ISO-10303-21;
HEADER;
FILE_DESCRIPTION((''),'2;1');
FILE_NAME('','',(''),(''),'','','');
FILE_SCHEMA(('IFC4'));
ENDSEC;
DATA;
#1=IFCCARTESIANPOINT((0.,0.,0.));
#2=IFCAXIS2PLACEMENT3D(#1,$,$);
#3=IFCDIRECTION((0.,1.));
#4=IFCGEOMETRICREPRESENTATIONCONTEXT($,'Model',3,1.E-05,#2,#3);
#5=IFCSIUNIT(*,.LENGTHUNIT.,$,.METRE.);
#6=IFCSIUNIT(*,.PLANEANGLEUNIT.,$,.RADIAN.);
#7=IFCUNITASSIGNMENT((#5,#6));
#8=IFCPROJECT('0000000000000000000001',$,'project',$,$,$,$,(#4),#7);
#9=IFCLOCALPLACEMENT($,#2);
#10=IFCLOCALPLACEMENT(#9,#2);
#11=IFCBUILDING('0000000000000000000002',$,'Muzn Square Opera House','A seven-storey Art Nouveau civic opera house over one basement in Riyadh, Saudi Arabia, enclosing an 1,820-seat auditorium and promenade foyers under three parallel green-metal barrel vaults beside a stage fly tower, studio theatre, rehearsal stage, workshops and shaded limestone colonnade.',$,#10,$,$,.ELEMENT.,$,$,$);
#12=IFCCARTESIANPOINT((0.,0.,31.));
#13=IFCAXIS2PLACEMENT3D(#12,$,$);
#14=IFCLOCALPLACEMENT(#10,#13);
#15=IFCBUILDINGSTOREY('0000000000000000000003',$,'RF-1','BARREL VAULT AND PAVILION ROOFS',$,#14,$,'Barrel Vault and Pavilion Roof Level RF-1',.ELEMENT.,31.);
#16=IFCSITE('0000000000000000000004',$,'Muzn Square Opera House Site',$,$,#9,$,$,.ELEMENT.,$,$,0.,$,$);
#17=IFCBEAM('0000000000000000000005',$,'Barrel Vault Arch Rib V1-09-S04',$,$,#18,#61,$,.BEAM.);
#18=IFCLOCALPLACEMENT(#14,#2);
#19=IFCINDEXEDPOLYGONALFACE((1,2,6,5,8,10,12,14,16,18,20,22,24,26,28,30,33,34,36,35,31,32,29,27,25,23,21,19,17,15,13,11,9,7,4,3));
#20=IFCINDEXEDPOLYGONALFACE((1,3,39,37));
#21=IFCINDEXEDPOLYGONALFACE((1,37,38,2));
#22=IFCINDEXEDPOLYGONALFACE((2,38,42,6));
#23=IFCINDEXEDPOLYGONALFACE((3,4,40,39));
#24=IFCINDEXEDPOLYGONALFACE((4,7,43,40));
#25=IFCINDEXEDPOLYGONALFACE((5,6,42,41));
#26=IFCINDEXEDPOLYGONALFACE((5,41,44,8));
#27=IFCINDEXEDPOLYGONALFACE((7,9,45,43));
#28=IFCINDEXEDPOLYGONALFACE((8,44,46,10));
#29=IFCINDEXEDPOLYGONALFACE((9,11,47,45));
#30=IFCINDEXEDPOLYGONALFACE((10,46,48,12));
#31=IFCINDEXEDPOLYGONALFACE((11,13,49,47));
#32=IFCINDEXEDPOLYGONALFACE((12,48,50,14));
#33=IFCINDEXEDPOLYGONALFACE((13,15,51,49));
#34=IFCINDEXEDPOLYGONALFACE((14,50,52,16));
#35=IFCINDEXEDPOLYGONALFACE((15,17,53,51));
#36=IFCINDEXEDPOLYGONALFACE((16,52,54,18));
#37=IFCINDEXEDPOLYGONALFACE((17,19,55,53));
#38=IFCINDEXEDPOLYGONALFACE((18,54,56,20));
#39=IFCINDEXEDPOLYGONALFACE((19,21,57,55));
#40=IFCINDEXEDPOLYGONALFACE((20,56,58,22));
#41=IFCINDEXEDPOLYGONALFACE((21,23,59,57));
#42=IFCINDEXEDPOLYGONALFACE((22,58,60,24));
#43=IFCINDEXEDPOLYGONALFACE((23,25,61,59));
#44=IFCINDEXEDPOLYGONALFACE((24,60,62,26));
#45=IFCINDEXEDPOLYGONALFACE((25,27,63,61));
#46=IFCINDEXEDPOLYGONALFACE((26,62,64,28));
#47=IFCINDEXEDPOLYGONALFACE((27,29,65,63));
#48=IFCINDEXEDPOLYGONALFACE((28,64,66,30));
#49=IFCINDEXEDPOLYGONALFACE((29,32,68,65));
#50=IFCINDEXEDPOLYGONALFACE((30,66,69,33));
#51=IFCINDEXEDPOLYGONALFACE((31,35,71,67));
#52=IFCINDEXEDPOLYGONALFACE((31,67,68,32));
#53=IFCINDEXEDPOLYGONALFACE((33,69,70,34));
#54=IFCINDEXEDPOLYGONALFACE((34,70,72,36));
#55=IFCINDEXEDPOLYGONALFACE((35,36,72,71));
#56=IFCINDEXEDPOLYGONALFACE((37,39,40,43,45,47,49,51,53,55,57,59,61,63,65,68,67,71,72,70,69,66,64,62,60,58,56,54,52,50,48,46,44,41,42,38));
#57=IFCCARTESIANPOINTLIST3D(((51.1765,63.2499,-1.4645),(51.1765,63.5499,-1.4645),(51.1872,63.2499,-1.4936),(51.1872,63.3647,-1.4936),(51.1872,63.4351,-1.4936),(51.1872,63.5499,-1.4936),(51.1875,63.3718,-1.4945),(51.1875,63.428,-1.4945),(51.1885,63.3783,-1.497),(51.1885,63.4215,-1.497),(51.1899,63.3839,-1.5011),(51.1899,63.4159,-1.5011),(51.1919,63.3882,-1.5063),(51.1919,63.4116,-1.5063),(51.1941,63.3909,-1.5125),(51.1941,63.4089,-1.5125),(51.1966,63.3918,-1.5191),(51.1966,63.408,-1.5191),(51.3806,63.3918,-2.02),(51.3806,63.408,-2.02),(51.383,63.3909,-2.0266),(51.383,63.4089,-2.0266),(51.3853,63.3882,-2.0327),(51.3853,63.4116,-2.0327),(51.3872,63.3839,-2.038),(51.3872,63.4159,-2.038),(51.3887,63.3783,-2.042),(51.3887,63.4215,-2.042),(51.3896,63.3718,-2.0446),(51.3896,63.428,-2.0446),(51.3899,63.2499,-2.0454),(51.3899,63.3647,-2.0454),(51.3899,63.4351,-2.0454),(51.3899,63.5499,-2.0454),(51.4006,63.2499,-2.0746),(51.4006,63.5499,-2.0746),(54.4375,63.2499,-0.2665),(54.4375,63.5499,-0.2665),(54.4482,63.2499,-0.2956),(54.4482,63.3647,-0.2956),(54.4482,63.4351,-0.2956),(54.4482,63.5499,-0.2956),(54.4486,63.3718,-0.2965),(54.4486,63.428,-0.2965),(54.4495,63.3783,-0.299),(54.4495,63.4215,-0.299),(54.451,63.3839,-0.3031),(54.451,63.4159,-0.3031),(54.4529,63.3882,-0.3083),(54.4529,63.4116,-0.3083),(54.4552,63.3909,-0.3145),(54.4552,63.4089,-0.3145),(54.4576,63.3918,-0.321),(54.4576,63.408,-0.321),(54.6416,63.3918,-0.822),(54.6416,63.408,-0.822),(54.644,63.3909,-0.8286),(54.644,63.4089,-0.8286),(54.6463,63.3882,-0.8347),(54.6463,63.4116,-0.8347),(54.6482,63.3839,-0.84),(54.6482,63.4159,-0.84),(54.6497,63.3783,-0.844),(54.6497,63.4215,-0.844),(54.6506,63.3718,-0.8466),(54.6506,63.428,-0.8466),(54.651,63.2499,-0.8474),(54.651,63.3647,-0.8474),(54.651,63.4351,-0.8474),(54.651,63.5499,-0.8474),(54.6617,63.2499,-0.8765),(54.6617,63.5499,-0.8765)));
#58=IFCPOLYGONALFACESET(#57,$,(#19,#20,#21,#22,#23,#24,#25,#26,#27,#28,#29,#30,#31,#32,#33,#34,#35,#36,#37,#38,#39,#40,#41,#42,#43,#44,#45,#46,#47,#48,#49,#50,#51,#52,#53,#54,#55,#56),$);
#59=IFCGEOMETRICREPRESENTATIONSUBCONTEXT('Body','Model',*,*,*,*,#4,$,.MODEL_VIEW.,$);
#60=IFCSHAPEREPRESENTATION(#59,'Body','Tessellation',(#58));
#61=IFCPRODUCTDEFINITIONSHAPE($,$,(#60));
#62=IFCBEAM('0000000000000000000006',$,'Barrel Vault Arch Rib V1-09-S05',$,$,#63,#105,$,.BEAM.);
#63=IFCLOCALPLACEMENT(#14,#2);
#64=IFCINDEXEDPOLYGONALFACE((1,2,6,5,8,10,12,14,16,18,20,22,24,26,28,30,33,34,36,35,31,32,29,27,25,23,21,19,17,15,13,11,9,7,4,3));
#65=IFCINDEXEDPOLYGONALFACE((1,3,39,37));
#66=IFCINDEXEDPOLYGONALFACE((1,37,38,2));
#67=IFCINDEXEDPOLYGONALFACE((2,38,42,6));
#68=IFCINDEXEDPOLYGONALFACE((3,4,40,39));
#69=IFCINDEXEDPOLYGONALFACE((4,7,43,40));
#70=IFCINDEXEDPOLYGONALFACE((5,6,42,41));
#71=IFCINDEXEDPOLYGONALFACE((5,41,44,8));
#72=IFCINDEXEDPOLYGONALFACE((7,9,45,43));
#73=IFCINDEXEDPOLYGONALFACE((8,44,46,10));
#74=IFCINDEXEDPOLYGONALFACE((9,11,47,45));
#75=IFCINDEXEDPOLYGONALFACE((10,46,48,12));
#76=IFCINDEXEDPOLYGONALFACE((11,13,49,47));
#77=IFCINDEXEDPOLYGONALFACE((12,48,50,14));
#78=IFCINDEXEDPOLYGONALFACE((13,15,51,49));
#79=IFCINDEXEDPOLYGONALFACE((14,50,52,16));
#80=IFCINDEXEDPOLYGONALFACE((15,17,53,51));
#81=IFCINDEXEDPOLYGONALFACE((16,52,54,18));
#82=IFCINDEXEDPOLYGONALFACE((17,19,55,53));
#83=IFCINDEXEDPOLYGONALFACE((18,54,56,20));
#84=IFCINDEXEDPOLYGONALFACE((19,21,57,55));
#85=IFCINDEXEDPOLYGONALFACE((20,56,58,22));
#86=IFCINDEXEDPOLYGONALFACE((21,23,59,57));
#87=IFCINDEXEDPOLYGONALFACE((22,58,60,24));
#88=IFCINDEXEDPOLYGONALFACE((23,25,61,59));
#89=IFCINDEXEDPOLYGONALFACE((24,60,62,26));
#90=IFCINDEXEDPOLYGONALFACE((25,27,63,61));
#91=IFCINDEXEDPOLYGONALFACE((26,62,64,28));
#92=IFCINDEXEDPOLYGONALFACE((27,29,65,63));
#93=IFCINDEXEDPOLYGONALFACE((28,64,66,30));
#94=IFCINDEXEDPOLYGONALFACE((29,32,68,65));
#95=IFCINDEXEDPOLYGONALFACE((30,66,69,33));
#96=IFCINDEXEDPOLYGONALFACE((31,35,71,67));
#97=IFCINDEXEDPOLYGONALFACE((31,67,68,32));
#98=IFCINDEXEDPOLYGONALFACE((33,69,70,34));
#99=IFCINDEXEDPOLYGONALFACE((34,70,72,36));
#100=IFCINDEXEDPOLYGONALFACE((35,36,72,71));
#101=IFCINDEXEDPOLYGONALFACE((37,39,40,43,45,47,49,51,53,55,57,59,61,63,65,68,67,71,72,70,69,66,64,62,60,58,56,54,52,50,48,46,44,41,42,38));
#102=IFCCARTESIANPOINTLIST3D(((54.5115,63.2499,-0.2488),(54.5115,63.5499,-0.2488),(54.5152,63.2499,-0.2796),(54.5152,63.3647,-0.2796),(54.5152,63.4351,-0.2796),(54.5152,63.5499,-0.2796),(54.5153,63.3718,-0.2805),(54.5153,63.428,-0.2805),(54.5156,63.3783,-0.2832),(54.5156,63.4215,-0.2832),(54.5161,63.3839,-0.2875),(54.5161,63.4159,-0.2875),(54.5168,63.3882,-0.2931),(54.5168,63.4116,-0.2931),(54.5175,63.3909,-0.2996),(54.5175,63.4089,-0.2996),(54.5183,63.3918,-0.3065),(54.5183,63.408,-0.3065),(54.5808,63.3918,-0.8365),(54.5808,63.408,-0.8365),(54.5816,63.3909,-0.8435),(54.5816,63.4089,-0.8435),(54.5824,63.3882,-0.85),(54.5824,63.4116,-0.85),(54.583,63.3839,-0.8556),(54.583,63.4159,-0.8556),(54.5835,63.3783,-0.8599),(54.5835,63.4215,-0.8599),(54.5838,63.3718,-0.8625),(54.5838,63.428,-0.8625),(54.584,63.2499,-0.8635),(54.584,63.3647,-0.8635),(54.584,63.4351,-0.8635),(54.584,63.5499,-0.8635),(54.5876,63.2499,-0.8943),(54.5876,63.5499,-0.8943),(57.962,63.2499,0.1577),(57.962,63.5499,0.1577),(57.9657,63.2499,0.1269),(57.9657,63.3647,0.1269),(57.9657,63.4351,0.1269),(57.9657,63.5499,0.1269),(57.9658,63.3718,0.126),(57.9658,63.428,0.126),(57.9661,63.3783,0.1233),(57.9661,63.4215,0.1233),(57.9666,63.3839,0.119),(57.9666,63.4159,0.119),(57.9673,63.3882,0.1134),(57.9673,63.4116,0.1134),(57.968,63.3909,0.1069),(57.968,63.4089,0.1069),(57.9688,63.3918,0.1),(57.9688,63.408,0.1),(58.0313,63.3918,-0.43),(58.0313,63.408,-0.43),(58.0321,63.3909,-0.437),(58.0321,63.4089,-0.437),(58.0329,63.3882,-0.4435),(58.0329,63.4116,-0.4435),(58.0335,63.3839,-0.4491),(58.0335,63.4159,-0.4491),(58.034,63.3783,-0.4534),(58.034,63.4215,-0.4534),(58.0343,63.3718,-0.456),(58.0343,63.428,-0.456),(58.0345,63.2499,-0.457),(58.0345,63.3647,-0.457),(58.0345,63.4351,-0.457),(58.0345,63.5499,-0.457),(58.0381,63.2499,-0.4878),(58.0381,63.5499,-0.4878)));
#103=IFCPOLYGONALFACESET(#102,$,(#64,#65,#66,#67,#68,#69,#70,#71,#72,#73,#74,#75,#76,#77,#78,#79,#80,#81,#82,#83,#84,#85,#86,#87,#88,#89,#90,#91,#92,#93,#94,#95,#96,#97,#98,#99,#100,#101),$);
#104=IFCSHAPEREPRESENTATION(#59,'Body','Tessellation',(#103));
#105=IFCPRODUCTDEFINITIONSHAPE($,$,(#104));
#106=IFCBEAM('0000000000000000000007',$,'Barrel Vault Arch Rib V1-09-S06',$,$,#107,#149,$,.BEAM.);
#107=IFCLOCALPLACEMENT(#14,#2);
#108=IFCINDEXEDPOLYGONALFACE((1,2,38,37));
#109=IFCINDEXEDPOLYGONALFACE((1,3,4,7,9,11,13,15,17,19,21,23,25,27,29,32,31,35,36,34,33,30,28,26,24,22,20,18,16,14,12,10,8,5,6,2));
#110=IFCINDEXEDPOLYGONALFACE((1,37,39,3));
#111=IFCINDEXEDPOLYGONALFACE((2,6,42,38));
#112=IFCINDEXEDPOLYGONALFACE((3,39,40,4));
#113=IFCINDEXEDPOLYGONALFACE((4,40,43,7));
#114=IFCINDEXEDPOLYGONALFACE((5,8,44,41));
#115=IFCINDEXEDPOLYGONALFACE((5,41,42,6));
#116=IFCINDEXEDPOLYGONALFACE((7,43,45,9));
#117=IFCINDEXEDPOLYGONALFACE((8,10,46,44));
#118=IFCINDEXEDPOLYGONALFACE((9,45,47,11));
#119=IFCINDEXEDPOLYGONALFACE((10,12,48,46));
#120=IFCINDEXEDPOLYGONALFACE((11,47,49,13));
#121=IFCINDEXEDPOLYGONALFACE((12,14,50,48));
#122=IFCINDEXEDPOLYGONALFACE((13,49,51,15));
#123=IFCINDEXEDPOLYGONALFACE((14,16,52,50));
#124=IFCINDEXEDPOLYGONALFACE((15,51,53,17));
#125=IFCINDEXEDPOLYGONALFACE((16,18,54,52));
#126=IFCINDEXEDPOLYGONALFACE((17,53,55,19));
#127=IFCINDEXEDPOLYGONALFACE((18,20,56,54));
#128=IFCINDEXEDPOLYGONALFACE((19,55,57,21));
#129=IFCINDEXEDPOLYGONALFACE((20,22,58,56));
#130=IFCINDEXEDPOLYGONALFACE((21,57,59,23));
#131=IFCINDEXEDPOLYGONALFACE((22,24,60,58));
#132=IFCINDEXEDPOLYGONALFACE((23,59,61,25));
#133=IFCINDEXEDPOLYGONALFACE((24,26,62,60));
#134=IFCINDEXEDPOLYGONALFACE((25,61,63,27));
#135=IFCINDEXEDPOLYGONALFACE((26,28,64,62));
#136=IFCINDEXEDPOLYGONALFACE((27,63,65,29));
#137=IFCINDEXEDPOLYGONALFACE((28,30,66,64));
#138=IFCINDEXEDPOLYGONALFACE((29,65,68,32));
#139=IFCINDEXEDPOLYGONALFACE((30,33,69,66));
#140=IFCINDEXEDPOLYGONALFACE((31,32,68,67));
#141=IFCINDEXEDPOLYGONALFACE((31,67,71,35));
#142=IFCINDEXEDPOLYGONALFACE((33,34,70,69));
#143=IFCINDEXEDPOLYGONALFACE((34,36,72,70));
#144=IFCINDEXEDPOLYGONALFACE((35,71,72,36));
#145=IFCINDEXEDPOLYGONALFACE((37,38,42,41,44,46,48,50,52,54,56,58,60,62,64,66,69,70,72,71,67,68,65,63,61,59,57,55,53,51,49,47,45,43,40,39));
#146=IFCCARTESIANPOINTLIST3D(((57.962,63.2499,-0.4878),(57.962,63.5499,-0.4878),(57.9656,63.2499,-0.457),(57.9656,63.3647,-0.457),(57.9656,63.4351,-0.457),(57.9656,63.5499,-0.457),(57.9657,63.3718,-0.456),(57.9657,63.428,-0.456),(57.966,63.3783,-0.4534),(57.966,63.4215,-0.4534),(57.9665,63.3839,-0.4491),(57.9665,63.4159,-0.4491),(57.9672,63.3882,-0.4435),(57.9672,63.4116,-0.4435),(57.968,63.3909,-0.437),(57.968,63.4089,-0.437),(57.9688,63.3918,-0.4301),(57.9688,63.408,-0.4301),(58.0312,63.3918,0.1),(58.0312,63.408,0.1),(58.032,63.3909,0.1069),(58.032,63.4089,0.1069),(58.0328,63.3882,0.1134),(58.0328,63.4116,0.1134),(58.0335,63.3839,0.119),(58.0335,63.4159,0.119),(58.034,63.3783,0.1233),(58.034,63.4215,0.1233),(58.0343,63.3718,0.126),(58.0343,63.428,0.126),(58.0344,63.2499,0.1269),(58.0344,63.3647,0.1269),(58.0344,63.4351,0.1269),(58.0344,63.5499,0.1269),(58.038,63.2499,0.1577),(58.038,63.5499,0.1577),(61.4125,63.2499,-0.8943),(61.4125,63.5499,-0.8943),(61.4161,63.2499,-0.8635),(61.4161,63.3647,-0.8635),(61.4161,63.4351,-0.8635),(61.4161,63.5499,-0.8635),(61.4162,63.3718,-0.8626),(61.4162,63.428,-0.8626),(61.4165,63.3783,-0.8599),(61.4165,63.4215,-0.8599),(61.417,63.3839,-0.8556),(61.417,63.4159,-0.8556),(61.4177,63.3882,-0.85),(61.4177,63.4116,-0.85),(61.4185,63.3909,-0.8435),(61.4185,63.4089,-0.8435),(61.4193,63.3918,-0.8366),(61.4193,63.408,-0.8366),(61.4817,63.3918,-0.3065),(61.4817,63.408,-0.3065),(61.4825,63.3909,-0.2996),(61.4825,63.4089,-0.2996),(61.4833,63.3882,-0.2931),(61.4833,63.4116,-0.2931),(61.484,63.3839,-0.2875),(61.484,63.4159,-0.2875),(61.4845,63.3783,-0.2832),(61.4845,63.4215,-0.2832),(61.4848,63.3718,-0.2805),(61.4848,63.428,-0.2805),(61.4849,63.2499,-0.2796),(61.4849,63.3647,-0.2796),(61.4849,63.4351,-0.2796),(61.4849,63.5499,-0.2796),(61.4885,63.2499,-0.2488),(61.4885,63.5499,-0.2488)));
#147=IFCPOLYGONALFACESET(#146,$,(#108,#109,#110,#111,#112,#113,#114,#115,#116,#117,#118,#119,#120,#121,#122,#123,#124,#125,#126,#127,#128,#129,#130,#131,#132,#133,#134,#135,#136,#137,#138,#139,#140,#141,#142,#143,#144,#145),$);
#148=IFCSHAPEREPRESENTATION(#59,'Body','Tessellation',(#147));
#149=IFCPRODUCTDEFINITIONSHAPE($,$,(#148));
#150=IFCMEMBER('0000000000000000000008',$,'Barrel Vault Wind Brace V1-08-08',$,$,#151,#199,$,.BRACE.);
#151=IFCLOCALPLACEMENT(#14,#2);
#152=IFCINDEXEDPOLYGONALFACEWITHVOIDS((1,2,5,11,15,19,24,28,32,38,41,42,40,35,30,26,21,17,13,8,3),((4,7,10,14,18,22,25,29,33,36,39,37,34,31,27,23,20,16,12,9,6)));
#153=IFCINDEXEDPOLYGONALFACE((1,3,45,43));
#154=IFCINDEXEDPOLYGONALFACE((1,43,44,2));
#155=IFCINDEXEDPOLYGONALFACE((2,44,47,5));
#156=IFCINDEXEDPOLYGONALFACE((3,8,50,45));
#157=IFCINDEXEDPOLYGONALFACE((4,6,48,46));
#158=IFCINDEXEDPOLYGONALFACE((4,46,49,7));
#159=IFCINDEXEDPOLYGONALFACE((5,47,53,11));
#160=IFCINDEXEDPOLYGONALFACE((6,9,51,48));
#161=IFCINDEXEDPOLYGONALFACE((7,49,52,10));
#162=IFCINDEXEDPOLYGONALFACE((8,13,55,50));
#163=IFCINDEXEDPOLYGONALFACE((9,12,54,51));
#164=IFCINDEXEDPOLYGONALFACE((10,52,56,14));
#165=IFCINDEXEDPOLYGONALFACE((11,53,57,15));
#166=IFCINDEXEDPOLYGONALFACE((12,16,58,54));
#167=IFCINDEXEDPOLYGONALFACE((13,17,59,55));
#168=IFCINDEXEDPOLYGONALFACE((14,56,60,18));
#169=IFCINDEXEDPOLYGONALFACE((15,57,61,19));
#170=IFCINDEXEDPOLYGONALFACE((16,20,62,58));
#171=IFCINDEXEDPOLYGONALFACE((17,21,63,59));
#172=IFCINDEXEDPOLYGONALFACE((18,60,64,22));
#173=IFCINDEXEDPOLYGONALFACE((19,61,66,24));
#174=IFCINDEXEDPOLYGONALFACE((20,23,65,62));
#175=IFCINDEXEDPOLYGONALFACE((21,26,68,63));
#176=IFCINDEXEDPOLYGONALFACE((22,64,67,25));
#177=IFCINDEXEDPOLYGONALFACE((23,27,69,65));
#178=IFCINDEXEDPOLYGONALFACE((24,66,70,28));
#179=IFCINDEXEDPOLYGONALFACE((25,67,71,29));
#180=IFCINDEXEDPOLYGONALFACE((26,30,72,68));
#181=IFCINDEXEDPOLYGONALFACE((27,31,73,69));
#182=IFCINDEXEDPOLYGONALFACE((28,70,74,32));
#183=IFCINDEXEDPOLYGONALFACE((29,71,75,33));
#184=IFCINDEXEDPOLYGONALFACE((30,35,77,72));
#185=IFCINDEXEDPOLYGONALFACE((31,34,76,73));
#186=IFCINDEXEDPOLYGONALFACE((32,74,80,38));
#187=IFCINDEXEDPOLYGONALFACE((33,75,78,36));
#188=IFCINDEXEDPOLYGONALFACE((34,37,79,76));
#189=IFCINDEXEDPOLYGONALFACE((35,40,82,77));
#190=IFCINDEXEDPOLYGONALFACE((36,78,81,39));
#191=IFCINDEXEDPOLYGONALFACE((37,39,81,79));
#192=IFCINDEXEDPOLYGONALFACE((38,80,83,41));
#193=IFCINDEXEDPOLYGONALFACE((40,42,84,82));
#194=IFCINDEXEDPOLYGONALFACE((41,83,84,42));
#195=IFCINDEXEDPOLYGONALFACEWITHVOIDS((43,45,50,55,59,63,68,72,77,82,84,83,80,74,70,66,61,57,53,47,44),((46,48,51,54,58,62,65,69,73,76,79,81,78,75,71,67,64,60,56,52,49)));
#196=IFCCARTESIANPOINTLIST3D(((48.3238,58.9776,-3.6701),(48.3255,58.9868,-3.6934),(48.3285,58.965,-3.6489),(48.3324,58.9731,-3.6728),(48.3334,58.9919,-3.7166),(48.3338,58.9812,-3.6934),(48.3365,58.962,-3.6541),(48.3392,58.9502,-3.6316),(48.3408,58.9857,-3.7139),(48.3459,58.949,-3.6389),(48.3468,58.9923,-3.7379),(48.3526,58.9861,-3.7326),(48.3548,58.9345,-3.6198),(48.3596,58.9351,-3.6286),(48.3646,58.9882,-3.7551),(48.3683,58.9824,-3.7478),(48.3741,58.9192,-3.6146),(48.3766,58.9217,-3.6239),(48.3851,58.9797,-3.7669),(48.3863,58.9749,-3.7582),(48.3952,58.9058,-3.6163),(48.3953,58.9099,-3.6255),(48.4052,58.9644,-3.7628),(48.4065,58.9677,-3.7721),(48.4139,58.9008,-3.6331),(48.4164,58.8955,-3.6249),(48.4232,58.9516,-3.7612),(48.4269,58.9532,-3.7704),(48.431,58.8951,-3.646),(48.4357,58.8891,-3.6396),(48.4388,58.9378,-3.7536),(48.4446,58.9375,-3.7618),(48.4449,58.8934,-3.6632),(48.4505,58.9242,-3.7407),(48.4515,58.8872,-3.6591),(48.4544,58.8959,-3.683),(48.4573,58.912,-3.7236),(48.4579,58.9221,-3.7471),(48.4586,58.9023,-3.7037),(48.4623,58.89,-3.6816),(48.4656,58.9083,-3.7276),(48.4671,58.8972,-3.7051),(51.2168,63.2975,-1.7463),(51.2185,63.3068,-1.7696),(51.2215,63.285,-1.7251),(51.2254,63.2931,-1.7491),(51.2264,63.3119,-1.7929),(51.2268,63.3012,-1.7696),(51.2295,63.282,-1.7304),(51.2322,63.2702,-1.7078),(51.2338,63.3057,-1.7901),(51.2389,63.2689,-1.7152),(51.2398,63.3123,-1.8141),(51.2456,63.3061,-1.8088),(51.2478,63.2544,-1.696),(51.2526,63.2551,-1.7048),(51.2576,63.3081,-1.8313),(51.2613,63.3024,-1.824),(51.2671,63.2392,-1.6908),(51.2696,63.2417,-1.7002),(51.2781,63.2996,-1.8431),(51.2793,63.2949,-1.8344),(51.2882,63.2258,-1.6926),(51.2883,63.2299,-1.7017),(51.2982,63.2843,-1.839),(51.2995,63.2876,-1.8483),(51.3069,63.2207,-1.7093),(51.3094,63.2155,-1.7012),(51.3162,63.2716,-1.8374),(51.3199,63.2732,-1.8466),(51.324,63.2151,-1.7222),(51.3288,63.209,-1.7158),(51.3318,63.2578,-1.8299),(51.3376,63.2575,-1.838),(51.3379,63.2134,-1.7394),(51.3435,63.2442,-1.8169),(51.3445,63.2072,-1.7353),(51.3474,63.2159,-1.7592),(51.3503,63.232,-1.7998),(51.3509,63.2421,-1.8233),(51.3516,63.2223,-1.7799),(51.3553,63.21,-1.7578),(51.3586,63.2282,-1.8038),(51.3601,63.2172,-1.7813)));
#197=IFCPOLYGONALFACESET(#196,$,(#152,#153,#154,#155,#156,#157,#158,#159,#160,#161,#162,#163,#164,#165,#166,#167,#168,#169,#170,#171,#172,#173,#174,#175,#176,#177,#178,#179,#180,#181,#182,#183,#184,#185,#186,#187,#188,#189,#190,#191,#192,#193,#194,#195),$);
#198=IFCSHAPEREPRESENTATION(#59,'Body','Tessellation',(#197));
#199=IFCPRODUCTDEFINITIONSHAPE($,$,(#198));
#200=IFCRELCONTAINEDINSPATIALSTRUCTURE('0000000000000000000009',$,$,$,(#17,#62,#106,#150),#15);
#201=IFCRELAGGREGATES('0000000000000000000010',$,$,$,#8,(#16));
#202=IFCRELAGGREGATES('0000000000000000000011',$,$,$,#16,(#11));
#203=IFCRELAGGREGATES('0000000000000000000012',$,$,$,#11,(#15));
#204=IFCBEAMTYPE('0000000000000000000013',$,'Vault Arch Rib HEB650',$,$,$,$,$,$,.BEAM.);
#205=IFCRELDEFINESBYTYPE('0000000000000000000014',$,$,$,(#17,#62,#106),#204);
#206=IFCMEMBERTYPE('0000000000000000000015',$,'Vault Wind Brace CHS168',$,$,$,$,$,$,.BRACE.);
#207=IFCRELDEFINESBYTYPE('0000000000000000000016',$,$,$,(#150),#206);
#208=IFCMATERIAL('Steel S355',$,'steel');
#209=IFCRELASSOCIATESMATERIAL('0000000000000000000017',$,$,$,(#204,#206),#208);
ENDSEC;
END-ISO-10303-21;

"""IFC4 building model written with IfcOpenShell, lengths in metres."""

from ifc_helpers import new_model, si_unit, direction, frame, origin, origin_2d, place, context, subcontext, project, spatial, hollow_circle, i_section, extrude, material, material_profile, profile_set, type_object, element, save


model = new_model("IFC4")

# Units and contexts
model_context = context("Model", 3, precision=1e-05, world=origin(), true_north=direction((0.0, 1.0)))
body_context = subcontext(model_context, "Body", "Model", "MODEL_VIEW")
ifc_project = project(units=[si_unit("LENGTHUNIT", "METRE"), si_unit("PLANEANGLEUNIT", "RADIAN")], contexts=[model_context])

# Site, building, storey
site_placement = place(None, origin())
site = spatial("IfcSite", under=ifc_project, at=site_placement, Name="Muzn Square Opera House Site", CompositionType="ELEMENT", RefElevation=0.0)
building_placement = place(site_placement, origin())
building = spatial("IfcBuilding", under=site, at=building_placement, Name="Muzn Square Opera House", Description="A seven-storey Art Nouveau civic opera house over one basement in Riyadh, Saudi Arabia, enclosing an 1,820-seat auditorium and promenade foyers under three parallel green-metal barrel vaults beside a stage fly tower, studio theatre, rehearsal stage, workshops and shaded limestone colonnade.", CompositionType="ELEMENT")
storey_placement = place(building_placement, frame((0.0, 0.0, 31.0)))
storey = spatial("IfcBuildingStorey", under=building, at=storey_placement, Name="RF-1", Description="BARREL VAULT AND PAVILION ROOFS", LongName="Barrel Vault and Pavilion Roof Level RF-1", CompositionType="ELEMENT", Elevation=31.0)

# Beams
ifc_material_1 = material(Name="Steel S355", Category="steel")
ifc_material_profile_1 = material_profile(ifc_material_1, i_section(OverallWidth=0.3, OverallDepth=0.6499, WebThickness=0.0161, FlangeThickness=0.031, FilletRadius=0.0271, at=origin_2d()), Name="HEB 650", Category="steel")
ifc_profile_set_1 = profile_set([ifc_material_profile_1], Name="Steel S355")
beam_type_1 = type_object("IfcBeamType", Name="Vault Arch Rib HEB650", PredefinedType="BEAM", material=ifc_profile_set_1)
beam_1_placement = place(storey_placement, frame((51.2886, 63.3999, -1.7695), z_axis=(0.938662, 0.0, 0.344839), x_axis=(0.0, 1.0, 0.0)))
element("IfcBeam", 1, at=beam_1_placement, inside=storey, type_object=beam_type_1, Name="Barrel Vault Arch Rib V1-09-S04", PredefinedType="BEAM", context=body_context, shape_type="SweptSolid", body=[
    extrude(i_section(OverallWidth=0.3, OverallDepth=0.6499, WebThickness=0.0161, FlangeThickness=0.031, FilletRadius=0.0271, at=origin_2d()), origin(), (0.0, 0.0, 1.0), 3.4741),
])
for number, where, z_axis, x_axis, name in (
    (2, (54.5496, 63.3999, -0.5715), (0.993132, 0.0, 0.117), (0.0, 1.0, 0.0), "Barrel Vault Arch Rib V1-09-S05"),
    (3, (58.0, 63.3999, -0.165), (0.993132, 0.0, -0.117), (0.0, 1.0, 0.0), "Barrel Vault Arch Rib V1-09-S06"),
):
    element("IfcBeam", number, at=place(storey_placement, frame(where, z_axis=z_axis, x_axis=x_axis)), inside=storey, type_object=beam_type_1, Name=name, PredefinedType="BEAM", context=body_context, shape_type="SweptSolid", body=[
        extrude(i_section(OverallWidth=0.3, OverallDepth=0.6499, WebThickness=0.0161, FlangeThickness=0.031, FilletRadius=0.0271, at=origin_2d()), origin(), (0.0, 0.0, 1.0), 3.4744),
    ])

# Member
ifc_material_profile_2 = material_profile(ifc_material_1, hollow_circle(Radius=0.0842, WallThickness=0.01, at=origin_2d()), Name="CHS 168.3x10", Category="steel")
ifc_profile_set_2 = profile_set([ifc_material_profile_2], Name="Steel S355")
member_type = type_object("IfcMemberType", Name="Vault Wind Brace CHS168", PredefinedType="BRACE", material=ifc_profile_set_2)
member_placement = place(storey_placement, frame((48.3955, 58.9399, -3.6934), z_axis=(0.521854, 0.779258, 0.347022), x_axis=(-0.830893, 0.556433, 0.0)))
element("IfcMember", 4, at=member_placement, inside=storey, type_object=member_type, Name="Barrel Vault Wind Brace V1-08-08", PredefinedType="BRACE", context=body_context, shape_type="SweptSolid", body=[
    extrude(hollow_circle(Radius=0.0842, WallThickness=0.01, at=origin_2d()), origin(), (0.0, 0.0, 1.0), 5.5437),
])

save(model, "model.ifc")
